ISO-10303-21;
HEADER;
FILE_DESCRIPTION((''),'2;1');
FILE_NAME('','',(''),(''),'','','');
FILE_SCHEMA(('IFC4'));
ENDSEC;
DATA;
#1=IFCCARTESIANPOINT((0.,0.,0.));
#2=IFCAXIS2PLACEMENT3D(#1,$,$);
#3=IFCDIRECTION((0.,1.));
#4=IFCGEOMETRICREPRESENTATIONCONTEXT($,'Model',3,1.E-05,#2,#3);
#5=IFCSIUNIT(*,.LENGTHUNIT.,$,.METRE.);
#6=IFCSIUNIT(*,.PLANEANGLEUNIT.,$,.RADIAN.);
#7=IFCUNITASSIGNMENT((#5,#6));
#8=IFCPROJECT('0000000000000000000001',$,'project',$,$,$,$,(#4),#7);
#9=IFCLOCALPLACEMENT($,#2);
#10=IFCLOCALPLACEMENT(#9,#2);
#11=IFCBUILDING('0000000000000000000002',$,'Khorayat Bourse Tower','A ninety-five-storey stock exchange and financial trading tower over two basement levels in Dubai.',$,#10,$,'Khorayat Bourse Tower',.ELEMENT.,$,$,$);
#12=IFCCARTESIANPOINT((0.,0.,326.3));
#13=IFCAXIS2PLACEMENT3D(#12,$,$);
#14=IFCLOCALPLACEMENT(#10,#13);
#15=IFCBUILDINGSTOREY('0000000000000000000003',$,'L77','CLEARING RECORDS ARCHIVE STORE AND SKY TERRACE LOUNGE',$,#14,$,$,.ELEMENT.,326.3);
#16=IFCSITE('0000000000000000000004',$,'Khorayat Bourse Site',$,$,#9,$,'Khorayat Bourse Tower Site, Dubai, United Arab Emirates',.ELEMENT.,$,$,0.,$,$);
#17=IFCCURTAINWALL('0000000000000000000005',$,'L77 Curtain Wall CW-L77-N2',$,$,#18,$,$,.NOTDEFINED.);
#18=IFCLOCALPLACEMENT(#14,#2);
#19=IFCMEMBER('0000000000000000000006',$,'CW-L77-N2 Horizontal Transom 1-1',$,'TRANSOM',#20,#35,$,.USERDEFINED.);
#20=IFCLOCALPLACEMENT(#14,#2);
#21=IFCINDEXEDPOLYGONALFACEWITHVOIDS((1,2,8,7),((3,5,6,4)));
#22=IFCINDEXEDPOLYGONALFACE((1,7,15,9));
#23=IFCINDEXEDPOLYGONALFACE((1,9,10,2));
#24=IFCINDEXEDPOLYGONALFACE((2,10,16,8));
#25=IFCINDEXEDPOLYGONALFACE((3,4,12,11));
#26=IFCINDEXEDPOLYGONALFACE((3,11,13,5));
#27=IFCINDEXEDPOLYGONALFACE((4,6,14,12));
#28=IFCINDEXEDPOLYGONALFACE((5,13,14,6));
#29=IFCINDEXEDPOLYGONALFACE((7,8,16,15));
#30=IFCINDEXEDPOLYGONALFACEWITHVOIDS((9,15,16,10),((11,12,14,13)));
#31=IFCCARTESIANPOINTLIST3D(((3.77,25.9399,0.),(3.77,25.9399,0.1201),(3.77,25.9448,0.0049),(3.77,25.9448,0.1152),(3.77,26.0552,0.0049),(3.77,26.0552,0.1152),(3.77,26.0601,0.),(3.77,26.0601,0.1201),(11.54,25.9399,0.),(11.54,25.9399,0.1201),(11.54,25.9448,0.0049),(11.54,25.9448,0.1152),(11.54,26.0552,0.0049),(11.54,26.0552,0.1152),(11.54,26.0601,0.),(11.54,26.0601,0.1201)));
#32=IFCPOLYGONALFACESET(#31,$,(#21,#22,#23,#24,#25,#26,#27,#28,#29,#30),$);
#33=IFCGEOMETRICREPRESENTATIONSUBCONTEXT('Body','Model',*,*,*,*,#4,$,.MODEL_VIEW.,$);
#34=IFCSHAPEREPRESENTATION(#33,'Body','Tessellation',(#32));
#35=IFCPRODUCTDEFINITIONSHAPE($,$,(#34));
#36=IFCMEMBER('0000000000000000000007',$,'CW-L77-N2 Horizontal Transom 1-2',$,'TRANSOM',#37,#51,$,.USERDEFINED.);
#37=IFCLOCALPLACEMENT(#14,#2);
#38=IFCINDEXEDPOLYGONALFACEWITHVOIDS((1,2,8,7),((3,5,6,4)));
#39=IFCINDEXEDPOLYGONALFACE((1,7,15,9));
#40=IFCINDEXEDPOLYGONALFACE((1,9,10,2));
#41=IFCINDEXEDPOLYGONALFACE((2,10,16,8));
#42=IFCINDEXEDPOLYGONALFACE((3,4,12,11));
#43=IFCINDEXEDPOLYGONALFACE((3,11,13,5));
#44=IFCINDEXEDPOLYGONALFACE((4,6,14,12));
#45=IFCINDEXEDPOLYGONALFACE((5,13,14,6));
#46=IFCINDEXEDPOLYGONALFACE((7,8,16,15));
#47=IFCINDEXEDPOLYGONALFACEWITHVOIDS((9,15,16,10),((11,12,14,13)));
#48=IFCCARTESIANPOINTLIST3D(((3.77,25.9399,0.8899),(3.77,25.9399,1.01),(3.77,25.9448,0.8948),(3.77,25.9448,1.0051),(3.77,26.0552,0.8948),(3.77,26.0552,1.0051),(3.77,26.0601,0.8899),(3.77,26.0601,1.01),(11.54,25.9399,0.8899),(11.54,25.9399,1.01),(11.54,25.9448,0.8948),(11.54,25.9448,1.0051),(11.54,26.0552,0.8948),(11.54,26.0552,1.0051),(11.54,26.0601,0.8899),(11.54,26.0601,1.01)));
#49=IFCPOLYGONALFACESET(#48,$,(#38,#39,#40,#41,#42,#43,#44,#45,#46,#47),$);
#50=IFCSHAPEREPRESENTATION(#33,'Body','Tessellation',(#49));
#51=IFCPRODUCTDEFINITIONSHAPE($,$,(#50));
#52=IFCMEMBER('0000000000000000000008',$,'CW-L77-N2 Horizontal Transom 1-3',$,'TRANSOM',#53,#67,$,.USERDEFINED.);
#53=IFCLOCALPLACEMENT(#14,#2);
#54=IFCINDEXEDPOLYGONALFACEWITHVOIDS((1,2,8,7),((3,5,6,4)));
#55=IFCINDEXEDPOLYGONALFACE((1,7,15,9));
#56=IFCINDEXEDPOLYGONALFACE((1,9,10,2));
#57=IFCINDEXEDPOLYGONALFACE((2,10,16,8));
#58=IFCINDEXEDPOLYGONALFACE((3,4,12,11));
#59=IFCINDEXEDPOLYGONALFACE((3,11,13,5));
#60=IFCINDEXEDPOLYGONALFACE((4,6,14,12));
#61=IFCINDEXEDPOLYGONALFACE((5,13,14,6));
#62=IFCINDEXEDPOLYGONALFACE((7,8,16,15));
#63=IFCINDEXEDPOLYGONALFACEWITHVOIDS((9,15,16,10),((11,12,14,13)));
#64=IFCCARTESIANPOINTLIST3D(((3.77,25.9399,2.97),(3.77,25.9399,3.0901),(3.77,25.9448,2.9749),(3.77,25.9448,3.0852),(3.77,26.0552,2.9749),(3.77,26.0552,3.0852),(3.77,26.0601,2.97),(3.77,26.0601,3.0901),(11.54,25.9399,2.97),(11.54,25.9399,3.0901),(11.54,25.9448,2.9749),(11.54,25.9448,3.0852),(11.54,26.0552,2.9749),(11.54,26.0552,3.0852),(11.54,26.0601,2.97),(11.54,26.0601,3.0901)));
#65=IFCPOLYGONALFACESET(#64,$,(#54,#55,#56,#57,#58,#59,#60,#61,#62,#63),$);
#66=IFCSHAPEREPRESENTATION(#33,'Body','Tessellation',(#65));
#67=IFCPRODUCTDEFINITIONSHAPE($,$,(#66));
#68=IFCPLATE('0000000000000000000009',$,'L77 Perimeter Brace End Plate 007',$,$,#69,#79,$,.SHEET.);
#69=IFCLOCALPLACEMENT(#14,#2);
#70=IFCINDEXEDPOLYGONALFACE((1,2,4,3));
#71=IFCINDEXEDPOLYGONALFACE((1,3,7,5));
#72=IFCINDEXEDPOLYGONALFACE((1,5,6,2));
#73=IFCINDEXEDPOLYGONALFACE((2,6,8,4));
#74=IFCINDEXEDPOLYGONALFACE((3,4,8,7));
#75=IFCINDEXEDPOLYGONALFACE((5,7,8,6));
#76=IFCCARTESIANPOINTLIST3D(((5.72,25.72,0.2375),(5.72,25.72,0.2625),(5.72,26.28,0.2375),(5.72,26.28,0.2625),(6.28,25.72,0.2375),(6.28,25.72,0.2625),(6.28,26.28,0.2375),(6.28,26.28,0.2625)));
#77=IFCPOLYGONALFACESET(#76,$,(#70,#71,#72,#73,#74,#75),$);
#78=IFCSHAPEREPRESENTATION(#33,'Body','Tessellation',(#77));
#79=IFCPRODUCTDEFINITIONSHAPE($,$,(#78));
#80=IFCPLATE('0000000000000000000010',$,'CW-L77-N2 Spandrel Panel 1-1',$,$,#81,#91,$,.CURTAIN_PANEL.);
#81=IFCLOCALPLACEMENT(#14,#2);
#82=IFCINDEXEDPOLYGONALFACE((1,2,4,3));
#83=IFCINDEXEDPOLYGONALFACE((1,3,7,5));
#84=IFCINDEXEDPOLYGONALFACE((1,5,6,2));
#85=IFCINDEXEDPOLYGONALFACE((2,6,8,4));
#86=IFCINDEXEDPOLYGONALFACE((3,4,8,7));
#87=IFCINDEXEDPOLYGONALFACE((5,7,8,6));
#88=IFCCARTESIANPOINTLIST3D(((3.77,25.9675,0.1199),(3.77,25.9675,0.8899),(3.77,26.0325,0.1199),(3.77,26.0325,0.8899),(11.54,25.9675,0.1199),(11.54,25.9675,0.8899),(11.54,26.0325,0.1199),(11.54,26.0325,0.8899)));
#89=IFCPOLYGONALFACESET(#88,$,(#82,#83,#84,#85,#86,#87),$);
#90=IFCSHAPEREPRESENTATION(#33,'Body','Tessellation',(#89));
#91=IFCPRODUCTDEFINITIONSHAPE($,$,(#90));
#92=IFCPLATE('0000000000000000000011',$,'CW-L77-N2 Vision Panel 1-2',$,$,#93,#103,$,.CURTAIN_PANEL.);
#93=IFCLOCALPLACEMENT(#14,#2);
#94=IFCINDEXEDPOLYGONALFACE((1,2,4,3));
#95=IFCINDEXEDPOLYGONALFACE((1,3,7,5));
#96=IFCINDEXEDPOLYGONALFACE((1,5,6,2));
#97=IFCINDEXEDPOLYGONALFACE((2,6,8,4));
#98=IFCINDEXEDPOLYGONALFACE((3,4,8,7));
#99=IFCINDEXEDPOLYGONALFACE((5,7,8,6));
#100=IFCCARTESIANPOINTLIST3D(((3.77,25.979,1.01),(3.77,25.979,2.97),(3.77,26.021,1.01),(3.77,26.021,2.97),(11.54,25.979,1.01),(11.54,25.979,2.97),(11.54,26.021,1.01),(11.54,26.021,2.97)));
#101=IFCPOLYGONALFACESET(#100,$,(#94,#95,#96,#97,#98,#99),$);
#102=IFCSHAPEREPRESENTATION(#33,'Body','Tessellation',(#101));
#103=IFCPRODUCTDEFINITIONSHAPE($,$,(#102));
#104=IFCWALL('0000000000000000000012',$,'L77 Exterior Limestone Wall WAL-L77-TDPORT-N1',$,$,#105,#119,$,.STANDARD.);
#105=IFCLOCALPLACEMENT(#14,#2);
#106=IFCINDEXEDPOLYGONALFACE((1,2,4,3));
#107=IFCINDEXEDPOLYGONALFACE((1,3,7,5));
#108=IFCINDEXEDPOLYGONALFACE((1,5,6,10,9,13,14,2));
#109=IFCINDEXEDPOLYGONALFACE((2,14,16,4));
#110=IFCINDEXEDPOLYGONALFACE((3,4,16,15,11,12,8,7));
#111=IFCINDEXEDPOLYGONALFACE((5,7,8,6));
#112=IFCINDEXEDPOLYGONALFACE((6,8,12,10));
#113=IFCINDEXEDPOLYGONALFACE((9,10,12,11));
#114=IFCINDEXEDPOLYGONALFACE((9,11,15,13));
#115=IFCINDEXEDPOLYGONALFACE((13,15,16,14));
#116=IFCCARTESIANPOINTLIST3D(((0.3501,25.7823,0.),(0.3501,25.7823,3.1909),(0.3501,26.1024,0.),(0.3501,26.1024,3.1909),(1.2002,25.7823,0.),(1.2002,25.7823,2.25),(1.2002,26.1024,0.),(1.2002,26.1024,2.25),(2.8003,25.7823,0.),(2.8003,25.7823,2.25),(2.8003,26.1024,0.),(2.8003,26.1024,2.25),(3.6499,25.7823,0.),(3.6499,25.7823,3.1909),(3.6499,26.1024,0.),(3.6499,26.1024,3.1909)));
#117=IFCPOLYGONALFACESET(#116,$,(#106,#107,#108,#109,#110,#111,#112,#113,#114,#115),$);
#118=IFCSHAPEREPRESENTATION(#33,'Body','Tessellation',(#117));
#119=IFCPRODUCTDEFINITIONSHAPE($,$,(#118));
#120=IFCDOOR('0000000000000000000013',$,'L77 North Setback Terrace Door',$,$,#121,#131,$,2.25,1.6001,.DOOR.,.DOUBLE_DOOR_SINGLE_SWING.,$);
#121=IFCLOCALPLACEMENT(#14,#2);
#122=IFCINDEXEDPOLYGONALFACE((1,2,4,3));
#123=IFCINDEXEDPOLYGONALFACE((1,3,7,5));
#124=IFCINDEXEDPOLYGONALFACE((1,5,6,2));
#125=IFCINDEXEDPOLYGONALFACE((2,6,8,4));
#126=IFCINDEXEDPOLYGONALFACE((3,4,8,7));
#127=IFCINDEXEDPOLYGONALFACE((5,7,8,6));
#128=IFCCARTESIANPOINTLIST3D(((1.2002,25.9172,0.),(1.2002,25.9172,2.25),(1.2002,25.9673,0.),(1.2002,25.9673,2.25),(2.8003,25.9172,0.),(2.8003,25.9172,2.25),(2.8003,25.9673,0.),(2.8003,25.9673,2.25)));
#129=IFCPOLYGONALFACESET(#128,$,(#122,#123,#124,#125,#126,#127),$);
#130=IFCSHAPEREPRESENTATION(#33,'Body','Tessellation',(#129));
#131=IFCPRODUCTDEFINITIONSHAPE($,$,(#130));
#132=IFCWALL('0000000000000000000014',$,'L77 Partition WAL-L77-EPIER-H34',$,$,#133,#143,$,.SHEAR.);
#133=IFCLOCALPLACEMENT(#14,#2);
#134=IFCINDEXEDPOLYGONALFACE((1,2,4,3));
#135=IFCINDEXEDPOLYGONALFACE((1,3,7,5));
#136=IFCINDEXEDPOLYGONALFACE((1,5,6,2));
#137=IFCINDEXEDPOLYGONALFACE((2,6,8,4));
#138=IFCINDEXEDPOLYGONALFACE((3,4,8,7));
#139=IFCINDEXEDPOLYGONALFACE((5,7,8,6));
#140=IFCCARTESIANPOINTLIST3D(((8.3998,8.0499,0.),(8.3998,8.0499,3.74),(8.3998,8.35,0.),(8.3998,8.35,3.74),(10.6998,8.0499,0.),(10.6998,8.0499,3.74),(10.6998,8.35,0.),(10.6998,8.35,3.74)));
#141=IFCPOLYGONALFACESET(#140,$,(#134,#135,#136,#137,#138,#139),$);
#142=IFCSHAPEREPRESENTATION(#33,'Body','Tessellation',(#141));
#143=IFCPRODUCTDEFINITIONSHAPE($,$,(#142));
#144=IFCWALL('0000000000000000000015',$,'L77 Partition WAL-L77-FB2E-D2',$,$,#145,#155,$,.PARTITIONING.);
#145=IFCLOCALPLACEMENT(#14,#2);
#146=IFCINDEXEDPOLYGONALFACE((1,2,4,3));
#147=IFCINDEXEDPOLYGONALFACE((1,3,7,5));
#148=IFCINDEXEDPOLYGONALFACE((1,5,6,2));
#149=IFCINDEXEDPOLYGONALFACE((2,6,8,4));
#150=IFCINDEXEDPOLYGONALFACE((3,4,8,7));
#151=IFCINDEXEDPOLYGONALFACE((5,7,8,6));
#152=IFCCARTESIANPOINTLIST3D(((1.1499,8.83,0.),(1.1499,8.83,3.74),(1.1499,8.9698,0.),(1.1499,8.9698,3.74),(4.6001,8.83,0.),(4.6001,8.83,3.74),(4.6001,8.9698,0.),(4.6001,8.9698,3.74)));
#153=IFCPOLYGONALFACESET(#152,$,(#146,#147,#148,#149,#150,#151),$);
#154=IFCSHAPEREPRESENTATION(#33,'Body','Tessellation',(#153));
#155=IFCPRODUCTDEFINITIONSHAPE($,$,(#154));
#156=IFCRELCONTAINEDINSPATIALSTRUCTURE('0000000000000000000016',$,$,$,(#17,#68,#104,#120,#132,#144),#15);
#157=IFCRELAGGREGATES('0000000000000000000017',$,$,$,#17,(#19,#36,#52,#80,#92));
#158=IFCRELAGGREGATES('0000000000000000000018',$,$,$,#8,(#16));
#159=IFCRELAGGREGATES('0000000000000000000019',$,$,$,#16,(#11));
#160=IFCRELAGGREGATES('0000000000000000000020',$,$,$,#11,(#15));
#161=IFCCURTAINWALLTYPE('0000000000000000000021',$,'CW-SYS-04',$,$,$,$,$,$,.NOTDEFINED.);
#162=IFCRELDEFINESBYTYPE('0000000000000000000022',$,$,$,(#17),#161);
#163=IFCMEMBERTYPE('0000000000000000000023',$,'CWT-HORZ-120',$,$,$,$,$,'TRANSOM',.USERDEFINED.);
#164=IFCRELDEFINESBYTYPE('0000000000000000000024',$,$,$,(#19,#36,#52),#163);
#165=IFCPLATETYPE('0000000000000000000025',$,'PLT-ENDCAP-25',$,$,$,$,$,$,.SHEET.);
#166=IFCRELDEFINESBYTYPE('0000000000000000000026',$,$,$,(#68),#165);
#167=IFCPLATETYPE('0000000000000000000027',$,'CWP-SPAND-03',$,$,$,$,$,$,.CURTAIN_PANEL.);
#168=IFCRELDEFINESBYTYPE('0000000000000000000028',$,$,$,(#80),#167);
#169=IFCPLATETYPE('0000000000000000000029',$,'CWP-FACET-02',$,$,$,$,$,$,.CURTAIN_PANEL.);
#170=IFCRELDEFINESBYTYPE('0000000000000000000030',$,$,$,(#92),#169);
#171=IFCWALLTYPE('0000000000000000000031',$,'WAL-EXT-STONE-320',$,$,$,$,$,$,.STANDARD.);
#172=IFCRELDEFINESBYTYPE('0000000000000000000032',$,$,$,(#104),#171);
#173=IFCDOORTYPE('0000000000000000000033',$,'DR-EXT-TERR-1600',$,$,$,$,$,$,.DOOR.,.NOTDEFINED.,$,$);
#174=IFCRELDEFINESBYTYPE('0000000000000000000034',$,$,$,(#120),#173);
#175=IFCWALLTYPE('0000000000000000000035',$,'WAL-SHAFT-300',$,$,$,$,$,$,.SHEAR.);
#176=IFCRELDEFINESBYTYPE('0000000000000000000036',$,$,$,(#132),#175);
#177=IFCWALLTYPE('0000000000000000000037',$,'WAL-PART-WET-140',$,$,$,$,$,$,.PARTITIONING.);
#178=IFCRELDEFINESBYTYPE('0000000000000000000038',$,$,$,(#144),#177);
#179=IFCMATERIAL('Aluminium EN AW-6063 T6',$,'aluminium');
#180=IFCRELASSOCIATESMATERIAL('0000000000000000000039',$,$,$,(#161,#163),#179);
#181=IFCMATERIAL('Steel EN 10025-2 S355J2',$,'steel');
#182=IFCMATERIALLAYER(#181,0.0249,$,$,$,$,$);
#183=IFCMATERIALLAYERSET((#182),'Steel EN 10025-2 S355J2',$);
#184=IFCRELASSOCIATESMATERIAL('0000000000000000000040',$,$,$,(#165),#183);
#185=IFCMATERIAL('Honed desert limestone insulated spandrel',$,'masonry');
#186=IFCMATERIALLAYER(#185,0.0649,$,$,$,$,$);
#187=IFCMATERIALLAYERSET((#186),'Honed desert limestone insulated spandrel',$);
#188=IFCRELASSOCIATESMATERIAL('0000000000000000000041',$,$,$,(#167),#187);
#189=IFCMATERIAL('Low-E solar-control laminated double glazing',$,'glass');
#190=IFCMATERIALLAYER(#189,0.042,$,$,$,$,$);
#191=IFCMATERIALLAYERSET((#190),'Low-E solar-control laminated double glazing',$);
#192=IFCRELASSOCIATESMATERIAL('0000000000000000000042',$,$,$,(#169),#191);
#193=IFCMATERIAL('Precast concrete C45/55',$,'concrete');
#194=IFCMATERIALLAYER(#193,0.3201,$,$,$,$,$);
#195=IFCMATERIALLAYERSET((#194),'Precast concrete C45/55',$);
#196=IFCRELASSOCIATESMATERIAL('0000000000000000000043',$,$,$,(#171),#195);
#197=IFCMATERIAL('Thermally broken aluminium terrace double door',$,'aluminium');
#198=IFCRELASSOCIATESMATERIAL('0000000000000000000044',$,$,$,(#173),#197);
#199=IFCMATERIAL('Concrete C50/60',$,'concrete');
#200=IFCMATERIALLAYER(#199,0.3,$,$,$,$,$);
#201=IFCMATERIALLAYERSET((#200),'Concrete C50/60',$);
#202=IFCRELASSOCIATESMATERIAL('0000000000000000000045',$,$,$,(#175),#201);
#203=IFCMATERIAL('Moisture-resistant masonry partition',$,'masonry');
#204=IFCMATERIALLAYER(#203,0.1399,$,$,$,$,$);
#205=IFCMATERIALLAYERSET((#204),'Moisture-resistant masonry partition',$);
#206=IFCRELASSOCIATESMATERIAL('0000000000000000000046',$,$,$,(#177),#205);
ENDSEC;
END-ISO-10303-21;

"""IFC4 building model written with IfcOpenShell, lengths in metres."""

from ifc_helpers import new_model, si_unit, direction, frame, frame_2d, origin, origin_2d, place, context, subcontext, project, spatial, rectangle, hollow_rectangle, extrude, source, transform, mapped, material, layer, layer_set, material_profile, profile_set, type_object, element, fill, aggregate, save


model = new_model("IFC4")

# Units and contexts
model_context = context("Model", 3, precision=1e-05, world=origin(), true_north=direction((0.0, 1.0)))
body_context = subcontext(model_context, "Body", "Model", "MODEL_VIEW")
ifc_project = project(units=[si_unit("LENGTHUNIT", "METRE"), si_unit("PLANEANGLEUNIT", "RADIAN")], contexts=[model_context])

# Site, building, storey
site_placement = place(None, origin())
site = spatial("IfcSite", under=ifc_project, at=site_placement, Name="Khorayat Bourse Site", LongName="Khorayat Bourse Tower Site, Dubai, United Arab Emirates", CompositionType="ELEMENT", RefElevation=0.0)
building_placement = place(site_placement, origin())
building = spatial("IfcBuilding", under=site, at=building_placement, Name="Khorayat Bourse Tower", Description="A ninety-five-storey stock exchange and financial trading tower over two basement levels in Dubai.", LongName="Khorayat Bourse Tower", CompositionType="ELEMENT")
storey_placement = place(building_placement, frame((0.0, 0.0, 326.3)))
storey = spatial("IfcBuildingStorey", under=building, at=storey_placement, Name="L77", Description="CLEARING RECORDS ARCHIVE STORE AND SKY TERRACE LOUNGE", CompositionType="ELEMENT", Elevation=326.3)

# Shared definitions
ifc_material_1 = material(Name="Steel EN 10025-2 S355J2", Category="steel")

# Shared definitions
ifc_material_2 = material(Name="Aluminium EN AW-6063 T6", Category="aluminium")
curtain_wall_type = type_object("IfcCurtainWallType", Name="CW-SYS-04", PredefinedType="NOTDEFINED", material=ifc_material_2)

# Curtain wall, members
curtain_wall_1_placement = place(storey_placement, origin())
curtain_wall_1 = element("IfcCurtainWall", 1, at=curtain_wall_1_placement, inside=storey, type_object=curtain_wall_type, Name="L77 Curtain Wall CW-L77-N2", PredefinedType="NOTDEFINED")
ifc_material_profile_1 = material_profile(ifc_material_2, hollow_rectangle(XDim=0.1201, YDim=0.1201, WallThickness=0.0049, at=origin_2d()), Name="ALU 120x120x5")
ifc_profile_set_1 = profile_set([ifc_material_profile_1], Name="Aluminium EN AW-6063 T6")
member_type_1 = type_object("IfcMemberType", Name="CWT-HORZ-120", ElementType="TRANSOM", PredefinedType="USERDEFINED", material=ifc_profile_set_1)
shared_shape_1 = source(origin(), body_context, "Body", "SweptSolid", [
    extrude(hollow_rectangle(XDim=0.1201, YDim=0.1201, WallThickness=0.0049, at=origin_2d()), origin(), (0.0, 0.0, 1.0), 7.77),
])
member_1_placement = place(storey_placement, frame((3.77, 26.0, 0.0601), z_axis=(1.0, 0.0, 0.0), x_axis=(0.0, 1.0, 0.0)))
member_1 = element("IfcMember", 2, at=member_1_placement, type_object=member_type_1, Name="CW-L77-N2 Horizontal Transom 1-1", ObjectType="TRANSOM", PredefinedType="USERDEFINED", context=body_context, shape_type="MappedRepresentation", body=[
    mapped(shared_shape_1, transform((0.0, 0.0, 0.0), scale=1.0)),
])
member_2_placement = place(storey_placement, frame((3.77, 26.0, 0.95), z_axis=(1.0, 0.0, 0.0), x_axis=(0.0, 1.0, 0.0)))
member_2 = element("IfcMember", 3, at=member_2_placement, type_object=member_type_1, Name="CW-L77-N2 Horizontal Transom 1-2", ObjectType="TRANSOM", PredefinedType="USERDEFINED", context=body_context, shape_type="MappedRepresentation", body=[
    mapped(shared_shape_1, transform((0.0, 0.0, 0.0), scale=1.0)),
])
member_3_placement = place(storey_placement, frame((3.77, 26.0, 3.03), z_axis=(1.0, 0.0, 0.0), x_axis=(0.0, 1.0, 0.0)))
member_3 = element("IfcMember", 4, at=member_3_placement, type_object=member_type_1, Name="CW-L77-N2 Horizontal Transom 1-3", ObjectType="TRANSOM", PredefinedType="USERDEFINED", context=body_context, shape_type="MappedRepresentation", body=[
    mapped(shared_shape_1, transform((0.0, 0.0, 0.0), scale=1.0)),
])

# Plates
ifc_layer_1 = layer(ifc_material_1, 0.0249)
ifc_layer_set_1 = layer_set([ifc_layer_1], Name="Steel EN 10025-2 S355J2")
plate_type_1 = type_object("IfcPlateType", Name="PLT-ENDCAP-25", PredefinedType="SHEET", material=ifc_layer_set_1)
shared_shape_2 = source(origin(), body_context, "Body", "SweptSolid", [
    extrude(rectangle(XDim=0.5601, YDim=0.5601, at=origin_2d()), origin(), (0.0, 0.0, 1.0), 0.0249),
])
plate_1_placement = place(storey_placement, frame((6.0, 26.0, 0.2375), z_axis=(0.0, 0.0, 1.0), x_axis=(1.0, 0.0, 0.0)))
element("IfcPlate", 5, at=plate_1_placement, inside=storey, type_object=plate_type_1, Name="L77 Perimeter Brace End Plate 007", PredefinedType="SHEET", context=body_context, shape_type="MappedRepresentation", body=[
    mapped(shared_shape_2, transform((0.0, 0.0, 0.0), scale=1.0)),
])
ifc_material_3 = material(Name="Honed desert limestone insulated spandrel", Category="masonry")
ifc_layer_2 = layer(ifc_material_3, 0.0649)
ifc_layer_set_2 = layer_set([ifc_layer_2], Name="Honed desert limestone insulated spandrel")
plate_type_2 = type_object("IfcPlateType", Name="CWP-SPAND-03", PredefinedType="CURTAIN_PANEL", material=ifc_layer_set_2)
shared_shape_3 = source(origin(), body_context, "Body", "SweptSolid", [
    extrude(rectangle(XDim=7.77, YDim=0.0649, at=origin_2d()), origin(), (0.0, 0.0, 1.0), 0.77),
])
plate_2_placement = place(storey_placement, frame((7.655, 26.0, 0.1199), z_axis=(0.0, 0.0, 1.0), x_axis=(1.0, 0.0, 0.0)))
plate_2 = element("IfcPlate", 6, at=plate_2_placement, type_object=plate_type_2, Name="CW-L77-N2 Spandrel Panel 1-1", PredefinedType="CURTAIN_PANEL", context=body_context, shape_type="MappedRepresentation", body=[
    mapped(shared_shape_3, transform((0.0, 0.0, 0.0), scale=1.0)),
])
ifc_material_4 = material(Name="Low-E solar-control laminated double glazing", Category="glass")
ifc_layer_3 = layer(ifc_material_4, 0.042)
ifc_layer_set_3 = layer_set([ifc_layer_3], Name="Low-E solar-control laminated double glazing")
plate_type_3 = type_object("IfcPlateType", Name="CWP-FACET-02", PredefinedType="CURTAIN_PANEL", material=ifc_layer_set_3)
shared_shape_4 = source(origin(), body_context, "Body", "SweptSolid", [
    extrude(rectangle(XDim=7.77, YDim=0.042, at=origin_2d()), origin(), (0.0, 0.0, 1.0), 1.96),
])
plate_3_placement = place(storey_placement, frame((7.655, 26.0, 1.01), z_axis=(0.0, 0.0, 1.0), x_axis=(1.0, 0.0, 0.0)))
plate_3 = element("IfcPlate", 7, at=plate_3_placement, type_object=plate_type_3, Name="CW-L77-N2 Vision Panel 1-2", PredefinedType="CURTAIN_PANEL", context=body_context, shape_type="MappedRepresentation", body=[
    mapped(shared_shape_4, transform((0.0, 0.0, 0.0), scale=1.0)),
])
aggregate(curtain_wall_1, [member_1, member_2, member_3, plate_2, plate_3])

# Wall, opening, door
ifc_material_5 = material(Name="Precast concrete C45/55", Category="concrete")
ifc_layer_4 = layer(ifc_material_5, 0.3201)
ifc_layer_set_4 = layer_set([ifc_layer_4], Name="Precast concrete C45/55")
wall_type_1 = type_object("IfcWallType", Name="WAL-EXT-STONE-320", PredefinedType="STANDARD", material=ifc_layer_set_4)
shared_shape_5 = source(origin(), body_context, "Body", "SweptSolid", [
    extrude(rectangle(XDim=3.2998, YDim=0.3201, at=frame_2d((1.6499, 0.0))), origin(), (0.0, 0.0, 1.0), 3.1909),
])
wall_1_placement = place(storey_placement, frame((0.3501, 25.9424, 0.0), z_axis=(0.0, 0.0, 1.0), x_axis=(1.0, 0.0, 0.0)))
wall_1 = element("IfcWall", 8, at=wall_1_placement, inside=storey, type_object=wall_type_1, Name="L77 Exterior Limestone Wall WAL-L77-TDPORT-N1", PredefinedType="STANDARD", context=body_context, shape_type="MappedRepresentation", body=[
    mapped(shared_shape_5, transform((0.0, 0.0, 0.0), scale=1.0)),
])
shared_shape_6 = source(origin(), body_context, "Body", "SweptSolid", [
    extrude(rectangle(XDim=1.6001, YDim=2.25, at=frame_2d((0.8, 1.125))), frame((0.0, 0.1699, 0.0), z_axis=(0.0, -1.0, 0.0), x_axis=(1.0, 0.0, 0.0)), (0.0, 0.0, 1.0), 0.3401),
])
opening_1_placement = place(wall_1_placement, frame((0.8501, 0.0, 0.0)))
opening_1 = element("IfcOpeningElement", 9, at=opening_1_placement, cuts=wall_1, PredefinedType="OPENING", context=body_context, shape_type="MappedRepresentation", body=[
    mapped(shared_shape_6, transform((0.0, 0.0, 0.0), scale=1.0)),
])
ifc_material_6 = material(Name="Thermally broken aluminium terrace double door", Category="aluminium")
door_type_1 = type_object("IfcDoorType", Name="DR-EXT-TERR-1600", OperationType="NOTDEFINED", PredefinedType="DOOR", material=ifc_material_6)
shared_shape_7 = source(origin(), body_context, "Body", "SweptSolid", [
    extrude(rectangle(XDim=1.6001, YDim=2.25, at=frame_2d((0.8, 1.125))), frame((0.0, 0.0249, 0.0), z_axis=(0.0, -1.0, 0.0), x_axis=(1.0, 0.0, 0.0)), (0.0, 0.0, 1.0), 0.05),
])
door_1_placement = place(opening_1_placement, origin())
door_1 = element("IfcDoor", 10, at=door_1_placement, inside=storey, type_object=door_type_1, Name="L77 North Setback Terrace Door", OperationType="DOUBLE_DOOR_SINGLE_SWING", OverallHeight=2.25, OverallWidth=1.6001, PredefinedType="DOOR", context=body_context, shape_type="MappedRepresentation", body=[
    mapped(shared_shape_7, transform((0.0, 0.0, 0.0), scale=1.0)),
])
fill(opening_1, door_1)

# Walls
ifc_material_7 = material(Name="Concrete C50/60", Category="concrete")
ifc_layer_5 = layer(ifc_material_7, 0.3)
ifc_layer_set_5 = layer_set([ifc_layer_5], Name="Concrete C50/60")
wall_type_2 = type_object("IfcWallType", Name="WAL-SHAFT-300", PredefinedType="SHEAR", material=ifc_layer_set_5)
shared_shape_8 = source(origin(), body_context, "Body", "SweptSolid", [
    extrude(rectangle(XDim=2.3, YDim=0.3, at=frame_2d((1.1499, 0.0))), origin(), (0.0, 0.0, 1.0), 3.74),
])
wall_2_placement = place(storey_placement, frame((8.3999, 8.2, 0.0), z_axis=(0.0, 0.0, 1.0), x_axis=(1.0, 0.0, 0.0)))
element("IfcWall", 11, at=wall_2_placement, inside=storey, type_object=wall_type_2, Name="L77 Partition WAL-L77-EPIER-H34", PredefinedType="SHEAR", context=body_context, shape_type="MappedRepresentation", body=[
    mapped(shared_shape_8, transform((0.0, 0.0, 0.0), scale=1.0)),
])
ifc_material_8 = material(Name="Moisture-resistant masonry partition", Category="masonry")
ifc_layer_6 = layer(ifc_material_8, 0.1399)
ifc_layer_set_6 = layer_set([ifc_layer_6], Name="Moisture-resistant masonry partition")
wall_type_3 = type_object("IfcWallType", Name="WAL-PART-WET-140", PredefinedType="PARTITIONING", material=ifc_layer_set_6)
shared_shape_9 = source(origin(), body_context, "Body", "SweptSolid", [
    extrude(rectangle(XDim=3.4502, YDim=0.1399, at=frame_2d((1.7251, 0.0))), origin(), (0.0, 0.0, 1.0), 3.74),
])
wall_3_placement = place(storey_placement, frame((1.1499, 8.8999, 0.0), z_axis=(0.0, 0.0, 1.0), x_axis=(1.0, 0.0, 0.0)))
element("IfcWall", 12, at=wall_3_placement, inside=storey, type_object=wall_type_3, Name="L77 Partition WAL-L77-FB2E-D2", PredefinedType="PARTITIONING", context=body_context, shape_type="MappedRepresentation", body=[
    mapped(shared_shape_9, transform((0.0, 0.0, 0.0), scale=1.0)),
])

save(model, "model.ifc")
